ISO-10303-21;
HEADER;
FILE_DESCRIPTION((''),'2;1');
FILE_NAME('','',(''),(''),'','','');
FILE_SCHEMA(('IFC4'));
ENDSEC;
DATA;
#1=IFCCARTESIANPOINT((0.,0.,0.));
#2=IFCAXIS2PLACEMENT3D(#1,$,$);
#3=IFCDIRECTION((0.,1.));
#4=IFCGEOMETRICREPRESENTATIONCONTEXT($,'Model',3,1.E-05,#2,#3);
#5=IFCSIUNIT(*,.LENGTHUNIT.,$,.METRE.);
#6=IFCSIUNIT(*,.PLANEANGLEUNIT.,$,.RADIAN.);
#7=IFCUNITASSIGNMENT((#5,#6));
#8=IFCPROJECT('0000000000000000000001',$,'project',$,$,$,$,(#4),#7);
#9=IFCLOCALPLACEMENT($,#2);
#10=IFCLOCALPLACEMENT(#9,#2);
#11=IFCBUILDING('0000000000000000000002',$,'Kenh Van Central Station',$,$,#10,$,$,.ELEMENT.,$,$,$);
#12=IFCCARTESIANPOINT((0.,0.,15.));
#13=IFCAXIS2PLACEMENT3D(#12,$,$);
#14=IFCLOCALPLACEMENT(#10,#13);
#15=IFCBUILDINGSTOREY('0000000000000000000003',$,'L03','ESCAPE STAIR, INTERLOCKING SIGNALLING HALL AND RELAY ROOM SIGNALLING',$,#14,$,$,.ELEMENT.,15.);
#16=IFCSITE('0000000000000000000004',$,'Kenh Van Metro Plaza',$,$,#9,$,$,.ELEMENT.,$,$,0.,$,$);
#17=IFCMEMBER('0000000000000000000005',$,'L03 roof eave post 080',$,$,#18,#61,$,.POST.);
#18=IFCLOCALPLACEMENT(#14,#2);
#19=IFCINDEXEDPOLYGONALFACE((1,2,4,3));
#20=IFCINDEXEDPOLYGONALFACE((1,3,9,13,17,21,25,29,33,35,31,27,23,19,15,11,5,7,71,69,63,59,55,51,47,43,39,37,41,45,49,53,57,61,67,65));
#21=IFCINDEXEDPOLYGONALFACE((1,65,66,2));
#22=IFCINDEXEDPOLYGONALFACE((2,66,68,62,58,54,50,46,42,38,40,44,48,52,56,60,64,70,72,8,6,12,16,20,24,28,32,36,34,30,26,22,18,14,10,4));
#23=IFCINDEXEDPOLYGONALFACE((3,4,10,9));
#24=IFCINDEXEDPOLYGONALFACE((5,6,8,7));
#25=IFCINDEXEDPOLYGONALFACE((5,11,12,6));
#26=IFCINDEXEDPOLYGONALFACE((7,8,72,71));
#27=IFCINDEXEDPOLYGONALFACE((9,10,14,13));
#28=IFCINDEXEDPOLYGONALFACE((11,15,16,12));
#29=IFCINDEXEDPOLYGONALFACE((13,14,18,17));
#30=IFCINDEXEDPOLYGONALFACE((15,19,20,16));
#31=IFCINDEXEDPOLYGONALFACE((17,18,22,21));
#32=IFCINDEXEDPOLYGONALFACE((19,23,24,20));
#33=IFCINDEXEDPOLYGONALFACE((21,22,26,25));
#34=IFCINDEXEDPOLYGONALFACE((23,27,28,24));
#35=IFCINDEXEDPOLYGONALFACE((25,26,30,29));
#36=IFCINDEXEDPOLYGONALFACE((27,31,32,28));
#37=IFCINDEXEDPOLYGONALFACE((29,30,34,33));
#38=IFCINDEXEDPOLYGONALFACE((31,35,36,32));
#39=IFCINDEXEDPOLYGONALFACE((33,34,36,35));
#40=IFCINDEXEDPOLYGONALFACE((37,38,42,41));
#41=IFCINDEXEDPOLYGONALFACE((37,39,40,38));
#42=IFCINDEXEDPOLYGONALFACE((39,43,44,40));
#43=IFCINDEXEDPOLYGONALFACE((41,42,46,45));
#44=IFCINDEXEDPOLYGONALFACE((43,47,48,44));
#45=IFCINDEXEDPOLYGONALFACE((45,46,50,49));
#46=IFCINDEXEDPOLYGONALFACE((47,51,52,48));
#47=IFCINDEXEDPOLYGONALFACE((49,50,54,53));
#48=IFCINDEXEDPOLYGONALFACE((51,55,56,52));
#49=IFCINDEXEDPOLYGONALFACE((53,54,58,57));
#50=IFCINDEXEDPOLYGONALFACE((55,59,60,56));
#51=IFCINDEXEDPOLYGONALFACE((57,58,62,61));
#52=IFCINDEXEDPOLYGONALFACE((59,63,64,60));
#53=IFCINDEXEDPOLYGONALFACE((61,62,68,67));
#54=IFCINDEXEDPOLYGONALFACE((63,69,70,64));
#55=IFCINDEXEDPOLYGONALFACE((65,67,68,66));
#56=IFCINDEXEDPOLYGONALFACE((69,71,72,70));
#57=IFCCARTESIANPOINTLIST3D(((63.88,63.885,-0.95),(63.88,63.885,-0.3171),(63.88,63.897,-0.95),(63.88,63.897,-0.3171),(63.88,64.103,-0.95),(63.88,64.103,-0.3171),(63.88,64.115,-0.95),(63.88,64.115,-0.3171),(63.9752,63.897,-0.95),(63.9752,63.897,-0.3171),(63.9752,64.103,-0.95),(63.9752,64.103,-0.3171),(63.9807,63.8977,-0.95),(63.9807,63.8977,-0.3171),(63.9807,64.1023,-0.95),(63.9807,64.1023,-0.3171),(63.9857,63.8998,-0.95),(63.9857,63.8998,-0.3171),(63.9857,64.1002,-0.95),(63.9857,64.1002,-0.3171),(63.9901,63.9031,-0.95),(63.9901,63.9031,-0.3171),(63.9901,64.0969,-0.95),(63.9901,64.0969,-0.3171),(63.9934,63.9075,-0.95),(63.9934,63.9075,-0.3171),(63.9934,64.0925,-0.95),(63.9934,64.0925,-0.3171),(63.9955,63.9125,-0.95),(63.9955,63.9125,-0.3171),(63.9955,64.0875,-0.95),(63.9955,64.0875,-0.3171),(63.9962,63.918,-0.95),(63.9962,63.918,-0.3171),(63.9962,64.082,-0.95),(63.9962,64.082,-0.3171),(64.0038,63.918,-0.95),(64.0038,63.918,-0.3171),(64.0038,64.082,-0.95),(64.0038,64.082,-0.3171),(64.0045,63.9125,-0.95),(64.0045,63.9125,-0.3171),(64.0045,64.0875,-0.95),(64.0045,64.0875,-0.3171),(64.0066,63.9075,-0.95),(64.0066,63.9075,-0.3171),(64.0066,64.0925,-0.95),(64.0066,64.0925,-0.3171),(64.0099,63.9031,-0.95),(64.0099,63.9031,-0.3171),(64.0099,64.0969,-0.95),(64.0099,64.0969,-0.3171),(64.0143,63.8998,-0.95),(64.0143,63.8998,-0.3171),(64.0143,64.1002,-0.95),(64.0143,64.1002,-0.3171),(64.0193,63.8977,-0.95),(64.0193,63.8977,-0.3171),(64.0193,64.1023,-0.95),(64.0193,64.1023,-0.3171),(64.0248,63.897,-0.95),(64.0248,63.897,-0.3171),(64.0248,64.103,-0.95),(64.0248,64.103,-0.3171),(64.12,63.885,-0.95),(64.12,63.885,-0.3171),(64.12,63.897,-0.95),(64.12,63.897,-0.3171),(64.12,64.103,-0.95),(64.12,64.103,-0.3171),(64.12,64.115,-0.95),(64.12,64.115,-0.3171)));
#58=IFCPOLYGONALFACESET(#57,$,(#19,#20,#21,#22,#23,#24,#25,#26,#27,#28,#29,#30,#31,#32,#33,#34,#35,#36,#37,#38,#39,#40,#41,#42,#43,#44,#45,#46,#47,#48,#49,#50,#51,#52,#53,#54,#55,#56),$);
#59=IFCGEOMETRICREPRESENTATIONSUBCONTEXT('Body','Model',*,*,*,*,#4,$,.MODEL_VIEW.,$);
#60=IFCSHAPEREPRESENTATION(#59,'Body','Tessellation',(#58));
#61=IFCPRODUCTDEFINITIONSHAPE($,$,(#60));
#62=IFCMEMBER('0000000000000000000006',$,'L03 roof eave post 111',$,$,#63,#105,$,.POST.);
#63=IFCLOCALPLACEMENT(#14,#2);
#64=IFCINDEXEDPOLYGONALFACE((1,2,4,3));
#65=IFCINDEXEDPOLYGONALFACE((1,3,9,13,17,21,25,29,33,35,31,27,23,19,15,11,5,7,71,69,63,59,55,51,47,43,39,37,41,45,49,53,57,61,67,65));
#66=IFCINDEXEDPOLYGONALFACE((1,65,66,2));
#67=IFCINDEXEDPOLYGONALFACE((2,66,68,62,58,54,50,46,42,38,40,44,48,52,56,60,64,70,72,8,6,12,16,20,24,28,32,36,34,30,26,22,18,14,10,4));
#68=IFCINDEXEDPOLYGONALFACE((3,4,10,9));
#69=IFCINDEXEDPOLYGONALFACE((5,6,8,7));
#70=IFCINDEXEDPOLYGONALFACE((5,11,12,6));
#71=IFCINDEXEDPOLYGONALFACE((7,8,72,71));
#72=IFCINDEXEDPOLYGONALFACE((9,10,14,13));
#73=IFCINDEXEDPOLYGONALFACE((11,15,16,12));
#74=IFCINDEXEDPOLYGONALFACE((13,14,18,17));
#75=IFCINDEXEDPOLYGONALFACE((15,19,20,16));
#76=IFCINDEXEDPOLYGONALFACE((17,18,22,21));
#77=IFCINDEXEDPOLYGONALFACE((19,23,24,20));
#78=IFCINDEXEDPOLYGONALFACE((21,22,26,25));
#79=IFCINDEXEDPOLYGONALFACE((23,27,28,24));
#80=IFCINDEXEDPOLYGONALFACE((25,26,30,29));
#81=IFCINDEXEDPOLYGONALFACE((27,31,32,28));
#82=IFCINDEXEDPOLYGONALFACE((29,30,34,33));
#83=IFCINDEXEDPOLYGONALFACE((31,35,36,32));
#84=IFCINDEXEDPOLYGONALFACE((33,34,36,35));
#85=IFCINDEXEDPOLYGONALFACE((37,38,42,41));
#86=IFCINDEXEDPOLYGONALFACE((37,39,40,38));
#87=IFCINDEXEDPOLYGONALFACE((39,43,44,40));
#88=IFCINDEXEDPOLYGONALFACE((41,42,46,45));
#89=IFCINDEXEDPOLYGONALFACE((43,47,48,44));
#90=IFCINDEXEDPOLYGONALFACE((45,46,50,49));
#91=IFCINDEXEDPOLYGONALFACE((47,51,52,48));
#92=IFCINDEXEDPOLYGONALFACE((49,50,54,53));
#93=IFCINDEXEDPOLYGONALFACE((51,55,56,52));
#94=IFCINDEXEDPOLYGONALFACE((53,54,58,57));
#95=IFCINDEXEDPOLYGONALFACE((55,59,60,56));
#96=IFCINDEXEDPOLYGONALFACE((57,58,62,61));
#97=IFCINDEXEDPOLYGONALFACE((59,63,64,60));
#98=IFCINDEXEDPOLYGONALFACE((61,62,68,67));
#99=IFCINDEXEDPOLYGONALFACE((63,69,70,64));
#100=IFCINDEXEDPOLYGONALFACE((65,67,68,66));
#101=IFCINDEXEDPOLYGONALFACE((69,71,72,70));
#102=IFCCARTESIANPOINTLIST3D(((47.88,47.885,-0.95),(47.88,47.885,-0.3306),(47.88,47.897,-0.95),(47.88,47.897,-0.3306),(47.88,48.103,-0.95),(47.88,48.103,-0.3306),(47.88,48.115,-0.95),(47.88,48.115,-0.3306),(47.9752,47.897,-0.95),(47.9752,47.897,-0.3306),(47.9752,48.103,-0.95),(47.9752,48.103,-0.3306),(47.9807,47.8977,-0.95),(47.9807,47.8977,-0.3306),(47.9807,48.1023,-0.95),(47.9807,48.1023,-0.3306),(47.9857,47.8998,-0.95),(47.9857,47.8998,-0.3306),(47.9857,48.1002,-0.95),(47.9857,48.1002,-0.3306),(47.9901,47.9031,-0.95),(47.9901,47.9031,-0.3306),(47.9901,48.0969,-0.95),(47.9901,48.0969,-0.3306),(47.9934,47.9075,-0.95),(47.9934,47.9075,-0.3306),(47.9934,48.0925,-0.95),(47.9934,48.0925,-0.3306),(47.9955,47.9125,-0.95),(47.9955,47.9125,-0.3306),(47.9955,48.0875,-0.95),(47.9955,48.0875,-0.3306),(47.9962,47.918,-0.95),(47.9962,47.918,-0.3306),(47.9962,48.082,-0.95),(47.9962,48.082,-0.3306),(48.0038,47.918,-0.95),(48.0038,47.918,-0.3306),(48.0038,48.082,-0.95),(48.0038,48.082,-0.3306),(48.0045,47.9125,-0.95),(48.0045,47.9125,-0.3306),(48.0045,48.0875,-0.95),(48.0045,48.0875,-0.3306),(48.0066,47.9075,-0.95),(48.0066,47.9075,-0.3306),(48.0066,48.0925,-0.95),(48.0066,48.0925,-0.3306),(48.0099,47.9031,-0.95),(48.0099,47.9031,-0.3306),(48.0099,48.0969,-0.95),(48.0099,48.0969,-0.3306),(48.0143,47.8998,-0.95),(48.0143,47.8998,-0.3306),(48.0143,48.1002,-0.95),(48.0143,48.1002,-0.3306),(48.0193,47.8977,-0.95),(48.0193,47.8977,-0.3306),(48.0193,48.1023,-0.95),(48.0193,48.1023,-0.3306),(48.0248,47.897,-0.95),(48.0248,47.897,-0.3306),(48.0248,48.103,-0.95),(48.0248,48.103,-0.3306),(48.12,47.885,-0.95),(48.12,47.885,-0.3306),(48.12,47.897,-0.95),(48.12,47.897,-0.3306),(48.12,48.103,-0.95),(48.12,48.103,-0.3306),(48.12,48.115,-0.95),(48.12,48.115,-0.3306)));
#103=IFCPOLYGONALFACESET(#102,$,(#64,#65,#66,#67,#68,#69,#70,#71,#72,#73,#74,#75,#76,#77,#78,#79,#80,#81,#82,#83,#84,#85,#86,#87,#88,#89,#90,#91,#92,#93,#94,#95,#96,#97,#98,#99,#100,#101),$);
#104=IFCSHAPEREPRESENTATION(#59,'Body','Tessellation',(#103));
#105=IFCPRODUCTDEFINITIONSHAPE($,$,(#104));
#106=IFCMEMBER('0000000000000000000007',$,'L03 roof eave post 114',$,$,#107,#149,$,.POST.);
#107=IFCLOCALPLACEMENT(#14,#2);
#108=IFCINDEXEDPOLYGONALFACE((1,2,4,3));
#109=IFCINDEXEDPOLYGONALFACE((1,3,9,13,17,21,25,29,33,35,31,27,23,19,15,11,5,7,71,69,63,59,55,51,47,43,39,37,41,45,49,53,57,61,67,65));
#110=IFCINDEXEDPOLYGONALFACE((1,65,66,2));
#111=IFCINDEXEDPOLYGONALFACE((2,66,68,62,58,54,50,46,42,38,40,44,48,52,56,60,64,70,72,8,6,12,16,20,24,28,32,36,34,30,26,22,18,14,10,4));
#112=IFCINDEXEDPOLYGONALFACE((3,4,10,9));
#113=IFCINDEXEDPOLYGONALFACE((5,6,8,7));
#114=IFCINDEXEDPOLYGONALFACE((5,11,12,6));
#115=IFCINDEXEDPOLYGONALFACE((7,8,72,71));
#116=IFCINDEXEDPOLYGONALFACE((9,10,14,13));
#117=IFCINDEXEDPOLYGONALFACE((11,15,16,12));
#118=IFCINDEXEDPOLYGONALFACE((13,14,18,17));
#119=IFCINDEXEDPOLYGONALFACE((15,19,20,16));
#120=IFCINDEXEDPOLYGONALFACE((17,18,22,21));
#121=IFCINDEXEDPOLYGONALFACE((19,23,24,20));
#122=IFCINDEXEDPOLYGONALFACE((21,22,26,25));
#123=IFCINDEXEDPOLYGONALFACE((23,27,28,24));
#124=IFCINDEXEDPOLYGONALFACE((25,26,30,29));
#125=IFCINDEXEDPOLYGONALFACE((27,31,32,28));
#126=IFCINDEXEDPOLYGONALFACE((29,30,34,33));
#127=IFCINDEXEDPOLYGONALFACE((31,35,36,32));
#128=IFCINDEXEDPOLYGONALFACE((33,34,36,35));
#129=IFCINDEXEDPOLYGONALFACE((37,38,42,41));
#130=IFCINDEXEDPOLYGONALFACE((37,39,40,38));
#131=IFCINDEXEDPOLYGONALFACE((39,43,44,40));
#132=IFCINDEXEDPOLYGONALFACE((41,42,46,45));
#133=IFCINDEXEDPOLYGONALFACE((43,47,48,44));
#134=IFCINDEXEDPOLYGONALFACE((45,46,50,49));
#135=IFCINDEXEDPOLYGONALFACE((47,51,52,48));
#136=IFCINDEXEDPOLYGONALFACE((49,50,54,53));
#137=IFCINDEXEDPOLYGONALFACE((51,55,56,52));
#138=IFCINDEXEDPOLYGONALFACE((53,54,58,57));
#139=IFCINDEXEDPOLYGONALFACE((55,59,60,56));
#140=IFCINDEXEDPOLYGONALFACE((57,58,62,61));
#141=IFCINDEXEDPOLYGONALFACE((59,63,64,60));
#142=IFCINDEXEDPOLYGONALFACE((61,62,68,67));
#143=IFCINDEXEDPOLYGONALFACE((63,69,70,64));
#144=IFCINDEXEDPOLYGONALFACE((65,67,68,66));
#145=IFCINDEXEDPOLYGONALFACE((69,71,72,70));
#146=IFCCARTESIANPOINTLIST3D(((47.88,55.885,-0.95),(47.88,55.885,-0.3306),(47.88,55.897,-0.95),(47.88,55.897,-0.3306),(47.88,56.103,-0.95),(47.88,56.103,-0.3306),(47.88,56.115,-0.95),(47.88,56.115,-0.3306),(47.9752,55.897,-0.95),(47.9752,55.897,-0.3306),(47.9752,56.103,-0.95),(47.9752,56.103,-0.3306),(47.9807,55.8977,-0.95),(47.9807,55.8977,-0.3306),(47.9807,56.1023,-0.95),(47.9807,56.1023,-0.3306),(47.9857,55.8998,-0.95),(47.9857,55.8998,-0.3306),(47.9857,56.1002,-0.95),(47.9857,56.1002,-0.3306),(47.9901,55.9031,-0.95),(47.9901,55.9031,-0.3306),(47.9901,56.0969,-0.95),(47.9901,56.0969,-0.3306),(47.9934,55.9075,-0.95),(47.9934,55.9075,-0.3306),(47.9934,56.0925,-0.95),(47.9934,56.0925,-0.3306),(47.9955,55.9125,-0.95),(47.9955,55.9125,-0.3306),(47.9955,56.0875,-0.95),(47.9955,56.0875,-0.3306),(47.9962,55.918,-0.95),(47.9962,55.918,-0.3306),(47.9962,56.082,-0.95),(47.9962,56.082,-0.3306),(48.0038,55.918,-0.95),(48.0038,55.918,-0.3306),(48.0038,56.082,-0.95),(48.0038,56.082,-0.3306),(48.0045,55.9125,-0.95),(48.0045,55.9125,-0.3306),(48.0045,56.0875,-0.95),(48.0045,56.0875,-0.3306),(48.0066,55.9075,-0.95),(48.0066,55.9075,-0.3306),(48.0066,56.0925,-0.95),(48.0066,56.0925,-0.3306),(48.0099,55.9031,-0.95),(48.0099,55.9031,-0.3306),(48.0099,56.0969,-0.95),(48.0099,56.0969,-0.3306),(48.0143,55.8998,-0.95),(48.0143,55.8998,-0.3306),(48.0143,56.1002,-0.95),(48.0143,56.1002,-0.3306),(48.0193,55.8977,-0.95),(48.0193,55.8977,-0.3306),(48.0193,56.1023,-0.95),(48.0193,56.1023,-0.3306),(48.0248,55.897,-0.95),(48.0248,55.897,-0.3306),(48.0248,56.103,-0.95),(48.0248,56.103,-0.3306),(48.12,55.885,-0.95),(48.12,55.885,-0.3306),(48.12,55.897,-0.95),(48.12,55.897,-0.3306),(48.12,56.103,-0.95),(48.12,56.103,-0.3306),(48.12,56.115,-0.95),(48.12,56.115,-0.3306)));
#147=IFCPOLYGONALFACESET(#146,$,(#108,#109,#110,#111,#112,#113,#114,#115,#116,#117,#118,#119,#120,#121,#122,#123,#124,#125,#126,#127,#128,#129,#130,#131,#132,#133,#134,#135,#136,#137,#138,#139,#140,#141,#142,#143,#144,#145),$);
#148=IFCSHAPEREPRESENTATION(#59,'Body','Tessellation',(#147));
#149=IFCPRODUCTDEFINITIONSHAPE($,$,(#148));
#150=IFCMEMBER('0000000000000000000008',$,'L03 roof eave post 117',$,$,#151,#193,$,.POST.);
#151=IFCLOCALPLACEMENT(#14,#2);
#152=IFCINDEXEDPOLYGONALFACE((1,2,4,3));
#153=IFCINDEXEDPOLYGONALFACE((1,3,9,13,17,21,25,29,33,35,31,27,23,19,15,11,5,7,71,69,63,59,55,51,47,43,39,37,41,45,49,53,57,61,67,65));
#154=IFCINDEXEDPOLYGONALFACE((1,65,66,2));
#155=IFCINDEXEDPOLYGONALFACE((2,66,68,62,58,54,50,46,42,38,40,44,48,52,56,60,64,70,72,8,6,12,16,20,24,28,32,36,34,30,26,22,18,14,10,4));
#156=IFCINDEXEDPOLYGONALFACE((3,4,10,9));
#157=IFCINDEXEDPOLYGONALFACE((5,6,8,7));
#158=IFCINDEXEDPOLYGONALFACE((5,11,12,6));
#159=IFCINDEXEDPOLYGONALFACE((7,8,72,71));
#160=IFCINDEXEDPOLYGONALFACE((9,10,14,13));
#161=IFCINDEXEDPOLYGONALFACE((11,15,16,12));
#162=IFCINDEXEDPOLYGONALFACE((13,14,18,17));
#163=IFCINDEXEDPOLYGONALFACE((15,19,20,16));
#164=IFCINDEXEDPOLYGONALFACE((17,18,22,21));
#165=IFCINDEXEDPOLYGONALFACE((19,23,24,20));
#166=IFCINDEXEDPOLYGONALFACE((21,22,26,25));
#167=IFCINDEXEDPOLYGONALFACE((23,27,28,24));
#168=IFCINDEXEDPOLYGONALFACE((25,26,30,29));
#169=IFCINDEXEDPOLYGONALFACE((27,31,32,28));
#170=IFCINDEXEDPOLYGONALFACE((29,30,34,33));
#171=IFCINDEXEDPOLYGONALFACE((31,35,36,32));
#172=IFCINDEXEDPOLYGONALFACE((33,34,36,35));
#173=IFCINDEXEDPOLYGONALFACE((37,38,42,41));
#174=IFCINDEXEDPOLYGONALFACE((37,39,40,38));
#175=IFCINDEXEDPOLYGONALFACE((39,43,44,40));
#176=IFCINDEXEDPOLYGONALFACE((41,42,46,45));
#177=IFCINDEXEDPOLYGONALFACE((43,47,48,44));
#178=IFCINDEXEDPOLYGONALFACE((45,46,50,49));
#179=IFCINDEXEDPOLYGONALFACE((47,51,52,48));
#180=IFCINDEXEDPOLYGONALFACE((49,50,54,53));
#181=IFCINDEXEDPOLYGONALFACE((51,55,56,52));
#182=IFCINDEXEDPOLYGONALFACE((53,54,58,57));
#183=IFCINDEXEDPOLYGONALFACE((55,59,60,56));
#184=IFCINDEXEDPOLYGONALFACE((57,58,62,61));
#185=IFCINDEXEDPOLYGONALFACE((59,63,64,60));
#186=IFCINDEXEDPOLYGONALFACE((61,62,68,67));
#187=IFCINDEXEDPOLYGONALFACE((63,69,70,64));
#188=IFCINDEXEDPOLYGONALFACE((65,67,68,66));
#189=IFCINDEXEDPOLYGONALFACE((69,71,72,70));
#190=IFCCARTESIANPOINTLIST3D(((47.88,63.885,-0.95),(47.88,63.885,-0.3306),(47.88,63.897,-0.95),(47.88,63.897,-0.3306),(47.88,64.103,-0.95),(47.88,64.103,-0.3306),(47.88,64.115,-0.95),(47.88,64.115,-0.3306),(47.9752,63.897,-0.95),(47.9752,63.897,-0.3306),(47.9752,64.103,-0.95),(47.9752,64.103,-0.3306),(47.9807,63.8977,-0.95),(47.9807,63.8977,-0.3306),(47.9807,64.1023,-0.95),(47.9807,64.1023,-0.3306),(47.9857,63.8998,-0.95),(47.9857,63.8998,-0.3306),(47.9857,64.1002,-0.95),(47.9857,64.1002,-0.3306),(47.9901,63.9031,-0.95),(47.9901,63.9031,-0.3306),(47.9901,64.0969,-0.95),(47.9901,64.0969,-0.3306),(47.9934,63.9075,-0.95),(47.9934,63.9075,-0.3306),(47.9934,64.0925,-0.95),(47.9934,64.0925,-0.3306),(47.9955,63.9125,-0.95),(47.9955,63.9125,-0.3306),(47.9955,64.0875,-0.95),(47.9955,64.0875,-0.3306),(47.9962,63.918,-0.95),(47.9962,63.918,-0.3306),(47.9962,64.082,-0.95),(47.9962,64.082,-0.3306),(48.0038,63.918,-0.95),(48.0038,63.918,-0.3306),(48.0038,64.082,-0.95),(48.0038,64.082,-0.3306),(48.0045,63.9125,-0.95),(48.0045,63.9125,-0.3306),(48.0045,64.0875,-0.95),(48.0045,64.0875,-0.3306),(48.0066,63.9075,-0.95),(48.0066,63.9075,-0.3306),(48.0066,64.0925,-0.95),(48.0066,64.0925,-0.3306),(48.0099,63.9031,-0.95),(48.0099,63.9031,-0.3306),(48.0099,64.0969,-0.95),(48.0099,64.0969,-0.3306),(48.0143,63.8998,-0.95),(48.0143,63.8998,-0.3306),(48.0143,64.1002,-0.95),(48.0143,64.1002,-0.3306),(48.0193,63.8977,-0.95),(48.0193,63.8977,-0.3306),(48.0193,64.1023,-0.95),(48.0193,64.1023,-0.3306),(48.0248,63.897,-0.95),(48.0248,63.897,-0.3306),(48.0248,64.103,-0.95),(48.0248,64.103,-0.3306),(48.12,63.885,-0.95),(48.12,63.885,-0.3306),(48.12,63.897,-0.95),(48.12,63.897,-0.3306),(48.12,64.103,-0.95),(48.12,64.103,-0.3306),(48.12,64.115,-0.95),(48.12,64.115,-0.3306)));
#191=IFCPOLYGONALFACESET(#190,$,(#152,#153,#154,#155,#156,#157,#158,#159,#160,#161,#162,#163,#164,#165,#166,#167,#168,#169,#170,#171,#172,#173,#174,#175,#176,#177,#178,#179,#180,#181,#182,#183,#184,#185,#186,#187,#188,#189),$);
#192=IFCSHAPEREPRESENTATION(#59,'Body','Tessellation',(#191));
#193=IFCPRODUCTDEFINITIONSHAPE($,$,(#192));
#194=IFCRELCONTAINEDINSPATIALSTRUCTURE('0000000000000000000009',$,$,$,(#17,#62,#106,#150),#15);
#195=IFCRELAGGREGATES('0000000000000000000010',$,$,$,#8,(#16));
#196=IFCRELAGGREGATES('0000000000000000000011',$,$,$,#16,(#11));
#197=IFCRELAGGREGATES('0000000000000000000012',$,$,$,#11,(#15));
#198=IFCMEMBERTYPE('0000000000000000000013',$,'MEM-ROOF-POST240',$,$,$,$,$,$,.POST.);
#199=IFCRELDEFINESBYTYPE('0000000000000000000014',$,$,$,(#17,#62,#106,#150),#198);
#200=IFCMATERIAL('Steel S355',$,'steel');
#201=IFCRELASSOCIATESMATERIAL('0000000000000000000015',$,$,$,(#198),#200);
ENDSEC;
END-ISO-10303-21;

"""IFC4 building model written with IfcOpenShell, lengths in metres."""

from ifc_helpers import new_model, si_unit, direction, frame, origin, origin_2d, place, context, subcontext, project, spatial, i_section, extrude, material, material_profile, profile_set, type_object, element, save


model = new_model("IFC4")

# Units and contexts
model_context = context("Model", 3, precision=1e-05, world=origin(), true_north=direction((0.0, 1.0)))
body_context = subcontext(model_context, "Body", "Model", "MODEL_VIEW")
ifc_project = project(units=[si_unit("LENGTHUNIT", "METRE"), si_unit("PLANEANGLEUNIT", "RADIAN")], contexts=[model_context])

# Site, building, storey
site_placement = place(None, origin())
site = spatial("IfcSite", under=ifc_project, at=site_placement, Name="Kenh Van Metro Plaza", CompositionType="ELEMENT", RefElevation=0.0)
building_placement = place(site_placement, origin())
building = spatial("IfcBuilding", under=site, at=building_placement, Name="Kenh Van Central Station", CompositionType="ELEMENT")
storey_placement = place(building_placement, frame((0.0, 0.0, 15.0)))
storey = spatial("IfcBuildingStorey", under=building, at=storey_placement, Name="L03", Description="ESCAPE STAIR, INTERLOCKING SIGNALLING HALL AND RELAY ROOM SIGNALLING", CompositionType="ELEMENT", Elevation=15.0)

# Shared definitions
ifc_material_1 = material(Name="Steel S355", Category="steel")

# Members
ifc_material_profile_1 = material_profile(ifc_material_1, i_section(OverallWidth=0.24, OverallDepth=0.23, WebThickness=0.0076, FlangeThickness=0.012, FilletRadius=0.021, at=origin_2d()), Name="HEA 240")
ifc_profile_set_1 = profile_set([ifc_material_profile_1], Name="Steel S355")
member_type_1 = type_object("IfcMemberType", Name="MEM-ROOF-POST240", PredefinedType="POST", material=ifc_profile_set_1)
for number, where, z_axis, x_axis, name in (
    (1, (64.0, 64.0, -0.95), (0.0, 0.0, 1.0), (1.0, 0.0, 0.0), "L03 roof eave post 080"),
):
    element("IfcMember", number, at=place(storey_placement, frame(where, z_axis=z_axis, x_axis=x_axis)), inside=storey, type_object=member_type_1, Name=name, PredefinedType="POST", context=body_context, shape_type="SweptSolid", body=[
        extrude(i_section(OverallWidth=0.24, OverallDepth=0.23, WebThickness=0.0076, FlangeThickness=0.012, FilletRadius=0.021, at=origin_2d()), origin(), (0.0, 0.0, 1.0), 0.6328),
    ])
for number, where, z_axis, x_axis, name in (
    (2, (48.0, 48.0, -0.95), (0.0, 0.0, 1.0), (1.0, 0.0, 0.0), "L03 roof eave post 111"),
    (3, (48.0, 56.0, -0.95), (0.0, 0.0, 1.0), (1.0, 0.0, 0.0), "L03 roof eave post 114"),
    (4, (48.0, 64.0, -0.95), (0.0, 0.0, 1.0), (1.0, 0.0, 0.0), "L03 roof eave post 117"),
):
    element("IfcMember", number, at=place(storey_placement, frame(where, z_axis=z_axis, x_axis=x_axis)), inside=storey, type_object=member_type_1, Name=name, PredefinedType="POST", context=body_context, shape_type="SweptSolid", body=[
        extrude(i_section(OverallWidth=0.24, OverallDepth=0.23, WebThickness=0.0076, FlangeThickness=0.012, FilletRadius=0.021, at=origin_2d()), origin(), (0.0, 0.0, 1.0), 0.6194),
    ])

save(model, "model.ifc")
